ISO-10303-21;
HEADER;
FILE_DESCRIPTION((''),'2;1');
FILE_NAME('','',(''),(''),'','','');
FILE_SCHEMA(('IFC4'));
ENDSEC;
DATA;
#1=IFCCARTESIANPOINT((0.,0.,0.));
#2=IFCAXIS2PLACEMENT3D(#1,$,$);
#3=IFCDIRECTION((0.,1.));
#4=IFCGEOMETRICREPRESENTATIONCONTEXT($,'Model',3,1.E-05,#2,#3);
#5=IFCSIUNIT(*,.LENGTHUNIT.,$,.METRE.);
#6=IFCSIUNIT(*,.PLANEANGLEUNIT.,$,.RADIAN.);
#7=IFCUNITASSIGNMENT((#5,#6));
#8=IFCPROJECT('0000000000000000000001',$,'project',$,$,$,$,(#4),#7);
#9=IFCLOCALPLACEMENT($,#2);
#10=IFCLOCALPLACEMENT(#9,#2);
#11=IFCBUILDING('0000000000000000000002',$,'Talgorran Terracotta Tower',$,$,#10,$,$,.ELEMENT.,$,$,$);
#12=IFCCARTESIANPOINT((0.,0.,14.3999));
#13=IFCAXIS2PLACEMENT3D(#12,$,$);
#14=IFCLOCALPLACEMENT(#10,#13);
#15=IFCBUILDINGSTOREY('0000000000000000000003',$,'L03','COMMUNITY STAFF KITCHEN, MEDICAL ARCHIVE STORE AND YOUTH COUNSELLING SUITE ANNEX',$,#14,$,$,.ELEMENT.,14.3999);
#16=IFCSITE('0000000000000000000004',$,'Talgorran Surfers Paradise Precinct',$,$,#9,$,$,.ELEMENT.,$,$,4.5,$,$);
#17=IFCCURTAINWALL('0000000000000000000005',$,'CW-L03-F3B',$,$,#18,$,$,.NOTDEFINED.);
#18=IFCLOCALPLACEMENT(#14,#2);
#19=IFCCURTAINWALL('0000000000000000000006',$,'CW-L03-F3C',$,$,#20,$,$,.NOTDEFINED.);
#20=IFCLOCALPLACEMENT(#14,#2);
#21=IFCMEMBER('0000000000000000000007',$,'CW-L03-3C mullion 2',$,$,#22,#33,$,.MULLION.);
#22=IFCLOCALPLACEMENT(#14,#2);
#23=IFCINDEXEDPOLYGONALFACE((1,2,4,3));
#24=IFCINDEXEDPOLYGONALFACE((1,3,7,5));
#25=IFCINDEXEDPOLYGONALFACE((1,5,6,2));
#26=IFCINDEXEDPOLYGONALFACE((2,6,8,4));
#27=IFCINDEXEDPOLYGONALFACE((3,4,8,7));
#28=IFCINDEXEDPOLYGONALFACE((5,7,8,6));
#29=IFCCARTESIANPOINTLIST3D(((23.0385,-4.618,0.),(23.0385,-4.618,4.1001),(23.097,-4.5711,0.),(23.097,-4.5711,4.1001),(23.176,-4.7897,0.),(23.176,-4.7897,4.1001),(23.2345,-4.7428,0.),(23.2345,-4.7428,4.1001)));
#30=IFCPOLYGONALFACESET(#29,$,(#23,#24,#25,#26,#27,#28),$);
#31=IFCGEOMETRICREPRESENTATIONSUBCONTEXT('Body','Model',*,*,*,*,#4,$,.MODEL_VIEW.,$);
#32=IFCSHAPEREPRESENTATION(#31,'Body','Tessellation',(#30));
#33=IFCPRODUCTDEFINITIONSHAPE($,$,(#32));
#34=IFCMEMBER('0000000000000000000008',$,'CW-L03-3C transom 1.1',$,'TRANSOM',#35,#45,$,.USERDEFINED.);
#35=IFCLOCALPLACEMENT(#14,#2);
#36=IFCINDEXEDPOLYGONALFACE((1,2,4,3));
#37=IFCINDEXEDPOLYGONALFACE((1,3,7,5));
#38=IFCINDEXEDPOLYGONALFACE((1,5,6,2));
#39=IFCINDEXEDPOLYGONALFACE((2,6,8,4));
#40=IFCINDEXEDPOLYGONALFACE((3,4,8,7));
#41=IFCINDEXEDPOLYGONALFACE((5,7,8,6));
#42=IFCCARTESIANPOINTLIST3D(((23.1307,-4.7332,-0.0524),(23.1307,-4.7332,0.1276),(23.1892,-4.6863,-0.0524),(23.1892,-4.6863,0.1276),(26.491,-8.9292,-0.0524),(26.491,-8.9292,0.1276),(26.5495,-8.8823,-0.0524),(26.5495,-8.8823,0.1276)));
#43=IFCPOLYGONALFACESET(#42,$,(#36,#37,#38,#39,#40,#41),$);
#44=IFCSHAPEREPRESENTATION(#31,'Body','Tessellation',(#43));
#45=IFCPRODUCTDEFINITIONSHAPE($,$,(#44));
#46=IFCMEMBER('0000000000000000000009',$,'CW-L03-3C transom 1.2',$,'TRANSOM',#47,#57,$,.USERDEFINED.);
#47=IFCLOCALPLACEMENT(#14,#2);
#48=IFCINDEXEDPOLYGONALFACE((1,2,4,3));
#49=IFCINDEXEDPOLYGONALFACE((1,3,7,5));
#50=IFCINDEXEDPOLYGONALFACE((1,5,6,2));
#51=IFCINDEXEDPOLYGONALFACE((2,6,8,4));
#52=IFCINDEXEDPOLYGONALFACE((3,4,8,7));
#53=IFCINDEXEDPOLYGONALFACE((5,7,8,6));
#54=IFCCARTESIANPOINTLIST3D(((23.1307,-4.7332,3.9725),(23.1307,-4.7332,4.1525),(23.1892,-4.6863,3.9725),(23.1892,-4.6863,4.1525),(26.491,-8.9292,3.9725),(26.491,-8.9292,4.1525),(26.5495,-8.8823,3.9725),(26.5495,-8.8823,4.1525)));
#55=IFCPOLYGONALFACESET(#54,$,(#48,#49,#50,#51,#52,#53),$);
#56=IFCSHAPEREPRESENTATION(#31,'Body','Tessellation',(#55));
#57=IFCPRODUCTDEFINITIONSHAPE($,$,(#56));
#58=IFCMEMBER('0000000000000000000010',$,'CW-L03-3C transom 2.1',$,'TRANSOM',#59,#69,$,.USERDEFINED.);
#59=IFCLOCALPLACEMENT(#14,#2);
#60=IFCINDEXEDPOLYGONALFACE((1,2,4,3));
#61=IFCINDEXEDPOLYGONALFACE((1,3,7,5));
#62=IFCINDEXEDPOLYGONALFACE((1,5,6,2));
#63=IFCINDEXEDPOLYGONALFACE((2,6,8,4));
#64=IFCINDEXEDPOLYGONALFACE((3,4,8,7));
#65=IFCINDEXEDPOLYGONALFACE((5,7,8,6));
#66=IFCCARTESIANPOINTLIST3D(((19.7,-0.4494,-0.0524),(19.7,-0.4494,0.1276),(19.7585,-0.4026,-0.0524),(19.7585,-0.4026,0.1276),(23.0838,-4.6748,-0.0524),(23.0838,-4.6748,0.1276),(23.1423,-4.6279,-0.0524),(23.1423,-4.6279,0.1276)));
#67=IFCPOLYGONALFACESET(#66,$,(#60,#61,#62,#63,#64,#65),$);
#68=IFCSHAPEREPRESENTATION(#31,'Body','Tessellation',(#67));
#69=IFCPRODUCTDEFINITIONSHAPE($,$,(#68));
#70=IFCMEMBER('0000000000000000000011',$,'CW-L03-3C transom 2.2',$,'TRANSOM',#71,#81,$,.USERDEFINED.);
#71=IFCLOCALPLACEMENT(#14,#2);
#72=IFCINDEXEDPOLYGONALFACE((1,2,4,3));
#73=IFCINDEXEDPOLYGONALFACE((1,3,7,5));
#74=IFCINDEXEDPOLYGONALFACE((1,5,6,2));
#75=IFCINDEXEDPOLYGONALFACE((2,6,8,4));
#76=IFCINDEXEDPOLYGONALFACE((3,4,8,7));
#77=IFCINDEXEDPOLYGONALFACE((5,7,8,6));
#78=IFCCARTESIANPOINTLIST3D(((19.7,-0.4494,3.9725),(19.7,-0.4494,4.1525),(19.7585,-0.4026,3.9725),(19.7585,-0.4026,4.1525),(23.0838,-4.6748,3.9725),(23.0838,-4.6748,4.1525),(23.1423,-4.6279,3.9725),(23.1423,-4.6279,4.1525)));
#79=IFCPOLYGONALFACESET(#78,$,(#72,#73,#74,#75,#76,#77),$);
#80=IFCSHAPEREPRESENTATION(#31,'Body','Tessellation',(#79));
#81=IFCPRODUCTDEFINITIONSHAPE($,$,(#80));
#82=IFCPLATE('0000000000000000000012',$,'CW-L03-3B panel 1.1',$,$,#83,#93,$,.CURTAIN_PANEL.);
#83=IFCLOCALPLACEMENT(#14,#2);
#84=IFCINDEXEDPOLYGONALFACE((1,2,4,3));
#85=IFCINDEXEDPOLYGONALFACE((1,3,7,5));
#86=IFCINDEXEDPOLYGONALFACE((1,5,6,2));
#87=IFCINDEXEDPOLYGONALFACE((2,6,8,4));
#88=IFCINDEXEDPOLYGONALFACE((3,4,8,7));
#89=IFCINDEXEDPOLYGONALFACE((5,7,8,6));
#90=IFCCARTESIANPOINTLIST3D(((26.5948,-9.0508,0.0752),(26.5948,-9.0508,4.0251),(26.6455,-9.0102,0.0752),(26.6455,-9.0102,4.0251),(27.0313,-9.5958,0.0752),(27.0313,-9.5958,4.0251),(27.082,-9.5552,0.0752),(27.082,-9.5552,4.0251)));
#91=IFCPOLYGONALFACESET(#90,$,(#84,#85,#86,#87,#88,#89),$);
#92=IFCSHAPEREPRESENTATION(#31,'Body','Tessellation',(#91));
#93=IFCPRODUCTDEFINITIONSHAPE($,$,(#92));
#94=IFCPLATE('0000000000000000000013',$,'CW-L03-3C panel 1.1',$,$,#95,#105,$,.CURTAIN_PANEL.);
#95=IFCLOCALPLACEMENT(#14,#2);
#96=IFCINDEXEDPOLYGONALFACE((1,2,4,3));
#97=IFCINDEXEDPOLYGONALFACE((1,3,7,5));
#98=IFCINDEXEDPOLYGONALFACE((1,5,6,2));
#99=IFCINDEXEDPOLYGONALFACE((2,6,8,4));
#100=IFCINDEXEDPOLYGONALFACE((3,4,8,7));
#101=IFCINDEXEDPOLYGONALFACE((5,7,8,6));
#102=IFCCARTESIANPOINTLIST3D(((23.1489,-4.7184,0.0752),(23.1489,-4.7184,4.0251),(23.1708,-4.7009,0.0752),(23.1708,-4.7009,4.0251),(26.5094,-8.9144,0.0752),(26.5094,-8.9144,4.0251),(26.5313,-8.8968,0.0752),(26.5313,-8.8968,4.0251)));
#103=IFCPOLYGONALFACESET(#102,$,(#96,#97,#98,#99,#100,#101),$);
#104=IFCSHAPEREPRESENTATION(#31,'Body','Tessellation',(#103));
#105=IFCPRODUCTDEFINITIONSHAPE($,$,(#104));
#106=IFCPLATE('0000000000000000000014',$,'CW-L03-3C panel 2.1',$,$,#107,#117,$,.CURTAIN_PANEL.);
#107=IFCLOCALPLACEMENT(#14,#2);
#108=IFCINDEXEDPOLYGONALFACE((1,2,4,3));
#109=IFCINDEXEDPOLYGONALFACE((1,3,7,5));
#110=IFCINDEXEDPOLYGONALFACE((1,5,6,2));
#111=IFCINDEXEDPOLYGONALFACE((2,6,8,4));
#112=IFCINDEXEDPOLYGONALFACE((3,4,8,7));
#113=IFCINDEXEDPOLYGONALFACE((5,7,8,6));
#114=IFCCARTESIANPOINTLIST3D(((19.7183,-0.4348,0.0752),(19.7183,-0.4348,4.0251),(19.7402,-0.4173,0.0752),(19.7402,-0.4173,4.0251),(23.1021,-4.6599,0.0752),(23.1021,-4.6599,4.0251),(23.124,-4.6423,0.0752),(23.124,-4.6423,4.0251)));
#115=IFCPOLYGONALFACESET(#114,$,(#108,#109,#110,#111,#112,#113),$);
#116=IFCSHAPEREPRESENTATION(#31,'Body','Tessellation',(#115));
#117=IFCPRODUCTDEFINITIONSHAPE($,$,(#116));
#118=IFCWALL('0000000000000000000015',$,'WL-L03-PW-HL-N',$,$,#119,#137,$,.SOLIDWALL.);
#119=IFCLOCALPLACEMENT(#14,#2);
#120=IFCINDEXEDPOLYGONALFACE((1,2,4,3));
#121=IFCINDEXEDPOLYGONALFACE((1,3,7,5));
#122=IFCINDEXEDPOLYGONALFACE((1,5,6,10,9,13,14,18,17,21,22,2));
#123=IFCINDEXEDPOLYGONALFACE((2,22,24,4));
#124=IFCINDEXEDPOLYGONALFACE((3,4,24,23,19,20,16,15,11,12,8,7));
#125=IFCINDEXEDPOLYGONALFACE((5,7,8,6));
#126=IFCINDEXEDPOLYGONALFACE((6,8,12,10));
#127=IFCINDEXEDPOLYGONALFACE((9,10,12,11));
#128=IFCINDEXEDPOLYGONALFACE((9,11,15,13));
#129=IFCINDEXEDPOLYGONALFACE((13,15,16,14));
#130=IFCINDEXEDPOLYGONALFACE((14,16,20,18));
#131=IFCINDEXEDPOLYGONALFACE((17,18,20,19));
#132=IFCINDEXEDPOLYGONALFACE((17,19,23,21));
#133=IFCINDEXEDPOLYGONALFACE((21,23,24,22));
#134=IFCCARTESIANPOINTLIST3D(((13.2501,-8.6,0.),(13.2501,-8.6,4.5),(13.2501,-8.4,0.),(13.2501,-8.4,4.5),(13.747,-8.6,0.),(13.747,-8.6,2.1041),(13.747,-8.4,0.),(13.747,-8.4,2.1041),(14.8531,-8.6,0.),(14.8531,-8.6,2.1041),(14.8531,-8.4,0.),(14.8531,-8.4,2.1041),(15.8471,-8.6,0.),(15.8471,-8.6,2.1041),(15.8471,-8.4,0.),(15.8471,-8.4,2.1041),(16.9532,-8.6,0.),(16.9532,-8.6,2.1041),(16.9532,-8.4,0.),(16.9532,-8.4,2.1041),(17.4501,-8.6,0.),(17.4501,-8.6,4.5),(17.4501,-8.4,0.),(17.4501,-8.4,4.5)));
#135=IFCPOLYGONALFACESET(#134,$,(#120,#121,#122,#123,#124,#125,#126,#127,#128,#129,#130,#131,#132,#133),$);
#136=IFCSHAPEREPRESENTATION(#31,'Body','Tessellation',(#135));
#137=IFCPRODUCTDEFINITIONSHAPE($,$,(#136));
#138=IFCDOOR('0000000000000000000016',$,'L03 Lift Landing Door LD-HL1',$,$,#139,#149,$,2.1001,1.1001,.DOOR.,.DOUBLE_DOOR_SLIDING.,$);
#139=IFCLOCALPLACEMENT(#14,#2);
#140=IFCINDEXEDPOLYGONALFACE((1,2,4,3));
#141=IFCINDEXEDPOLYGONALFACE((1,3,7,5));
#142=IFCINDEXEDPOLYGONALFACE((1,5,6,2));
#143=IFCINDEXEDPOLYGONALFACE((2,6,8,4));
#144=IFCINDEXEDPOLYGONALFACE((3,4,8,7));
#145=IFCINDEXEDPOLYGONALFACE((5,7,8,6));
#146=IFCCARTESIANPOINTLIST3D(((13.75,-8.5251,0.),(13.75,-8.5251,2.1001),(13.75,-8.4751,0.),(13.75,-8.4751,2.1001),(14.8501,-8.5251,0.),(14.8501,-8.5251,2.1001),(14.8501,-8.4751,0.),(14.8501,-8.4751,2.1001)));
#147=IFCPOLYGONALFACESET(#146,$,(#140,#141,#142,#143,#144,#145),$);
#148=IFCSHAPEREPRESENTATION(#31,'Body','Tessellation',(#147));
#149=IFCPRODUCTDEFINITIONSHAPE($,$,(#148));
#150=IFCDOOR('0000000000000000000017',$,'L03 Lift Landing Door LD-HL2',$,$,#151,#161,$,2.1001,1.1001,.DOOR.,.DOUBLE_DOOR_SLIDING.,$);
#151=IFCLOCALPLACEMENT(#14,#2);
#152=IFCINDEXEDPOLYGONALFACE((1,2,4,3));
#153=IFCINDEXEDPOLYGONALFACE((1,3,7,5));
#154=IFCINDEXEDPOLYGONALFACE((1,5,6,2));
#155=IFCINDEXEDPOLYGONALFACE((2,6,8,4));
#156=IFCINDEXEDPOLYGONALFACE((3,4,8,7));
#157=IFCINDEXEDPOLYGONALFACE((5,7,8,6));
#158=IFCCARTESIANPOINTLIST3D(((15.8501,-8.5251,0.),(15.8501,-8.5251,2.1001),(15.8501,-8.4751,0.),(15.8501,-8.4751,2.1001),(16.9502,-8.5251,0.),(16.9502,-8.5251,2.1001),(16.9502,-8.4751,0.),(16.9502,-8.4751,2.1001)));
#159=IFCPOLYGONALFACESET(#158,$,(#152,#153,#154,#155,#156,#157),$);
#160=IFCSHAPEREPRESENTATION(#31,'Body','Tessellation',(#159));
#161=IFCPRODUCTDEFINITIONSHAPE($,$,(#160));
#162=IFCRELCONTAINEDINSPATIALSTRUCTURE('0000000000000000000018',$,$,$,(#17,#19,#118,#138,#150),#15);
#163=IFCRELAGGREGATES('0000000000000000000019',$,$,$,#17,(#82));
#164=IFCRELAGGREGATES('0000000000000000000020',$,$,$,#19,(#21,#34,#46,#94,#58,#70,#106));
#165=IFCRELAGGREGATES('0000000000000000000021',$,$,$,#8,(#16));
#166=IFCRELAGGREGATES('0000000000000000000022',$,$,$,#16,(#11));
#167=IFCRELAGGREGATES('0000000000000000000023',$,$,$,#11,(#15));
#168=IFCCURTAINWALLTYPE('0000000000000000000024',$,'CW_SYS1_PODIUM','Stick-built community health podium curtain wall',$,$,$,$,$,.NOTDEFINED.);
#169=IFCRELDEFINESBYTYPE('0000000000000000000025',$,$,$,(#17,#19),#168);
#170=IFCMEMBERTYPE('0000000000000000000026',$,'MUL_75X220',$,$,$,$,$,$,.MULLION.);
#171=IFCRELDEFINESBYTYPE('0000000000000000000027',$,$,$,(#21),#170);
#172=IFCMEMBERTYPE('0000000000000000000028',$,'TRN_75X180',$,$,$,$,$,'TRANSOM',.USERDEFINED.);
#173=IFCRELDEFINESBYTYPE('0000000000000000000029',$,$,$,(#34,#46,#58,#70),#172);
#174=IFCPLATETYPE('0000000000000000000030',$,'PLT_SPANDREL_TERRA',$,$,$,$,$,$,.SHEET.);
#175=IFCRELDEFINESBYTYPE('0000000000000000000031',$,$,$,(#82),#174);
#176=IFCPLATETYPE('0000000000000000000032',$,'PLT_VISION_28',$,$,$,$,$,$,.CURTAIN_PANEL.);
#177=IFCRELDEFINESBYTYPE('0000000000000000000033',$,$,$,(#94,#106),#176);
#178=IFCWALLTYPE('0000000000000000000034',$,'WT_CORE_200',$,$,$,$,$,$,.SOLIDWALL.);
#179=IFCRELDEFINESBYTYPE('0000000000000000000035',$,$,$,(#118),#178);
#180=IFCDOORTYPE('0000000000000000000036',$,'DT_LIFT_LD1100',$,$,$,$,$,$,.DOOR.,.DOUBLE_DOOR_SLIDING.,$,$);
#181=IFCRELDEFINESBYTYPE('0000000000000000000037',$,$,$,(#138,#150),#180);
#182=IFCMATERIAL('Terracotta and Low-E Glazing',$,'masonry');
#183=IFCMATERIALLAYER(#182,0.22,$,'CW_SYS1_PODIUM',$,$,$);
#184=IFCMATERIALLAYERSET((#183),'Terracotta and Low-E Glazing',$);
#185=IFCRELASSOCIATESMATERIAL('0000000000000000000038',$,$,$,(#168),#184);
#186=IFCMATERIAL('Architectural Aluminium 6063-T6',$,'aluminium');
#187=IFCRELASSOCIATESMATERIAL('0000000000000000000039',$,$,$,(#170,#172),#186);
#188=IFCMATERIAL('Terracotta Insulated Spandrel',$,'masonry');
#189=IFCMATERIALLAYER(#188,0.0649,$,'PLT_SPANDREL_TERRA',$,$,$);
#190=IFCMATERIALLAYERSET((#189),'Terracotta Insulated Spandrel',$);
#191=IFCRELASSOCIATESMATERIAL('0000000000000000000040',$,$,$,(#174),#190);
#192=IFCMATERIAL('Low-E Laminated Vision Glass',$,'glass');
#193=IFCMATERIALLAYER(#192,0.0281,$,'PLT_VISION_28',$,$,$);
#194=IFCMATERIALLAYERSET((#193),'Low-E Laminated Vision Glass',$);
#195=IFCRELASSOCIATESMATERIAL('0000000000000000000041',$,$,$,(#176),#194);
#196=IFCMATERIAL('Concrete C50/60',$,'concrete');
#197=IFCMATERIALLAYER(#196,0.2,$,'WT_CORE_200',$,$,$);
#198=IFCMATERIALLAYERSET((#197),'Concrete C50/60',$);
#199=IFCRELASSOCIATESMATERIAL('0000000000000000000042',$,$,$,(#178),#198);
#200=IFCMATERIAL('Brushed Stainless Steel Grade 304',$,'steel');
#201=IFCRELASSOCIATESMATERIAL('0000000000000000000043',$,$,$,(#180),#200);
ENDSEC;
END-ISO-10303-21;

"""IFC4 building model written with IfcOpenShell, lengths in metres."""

from ifc_helpers import new_model, si_unit, direction, frame, frame_2d, origin, origin_2d, place, context, subcontext, project, spatial, rectangle, extrude, source, transform, mapped, material, layer, layer_set, material_profile, profile_set, type_object, type_shapes, element, fill, aggregate, save


model = new_model("IFC4")

# Units and contexts
model_context = context("Model", 3, precision=1e-05, world=origin(), true_north=direction((0.0, 1.0)))
body_context = subcontext(model_context, "Body", "Model", "MODEL_VIEW")
ifc_project = project(units=[si_unit("LENGTHUNIT", "METRE"), si_unit("PLANEANGLEUNIT", "RADIAN")], contexts=[model_context])

# Site, building, storey
site_placement = place(None, origin())
site = spatial("IfcSite", under=ifc_project, at=site_placement, Name="Talgorran Surfers Paradise Precinct", CompositionType="ELEMENT", RefElevation=4.5)
building_placement = place(site_placement, origin())
building = spatial("IfcBuilding", under=site, at=building_placement, Name="Talgorran Terracotta Tower", CompositionType="ELEMENT")
storey_placement = place(building_placement, frame((0.0, 0.0, 14.3999)))
storey = spatial("IfcBuildingStorey", under=building, at=storey_placement, Name="L03", Description="COMMUNITY STAFF KITCHEN, MEDICAL ARCHIVE STORE AND YOUTH COUNSELLING SUITE ANNEX", CompositionType="ELEMENT", Elevation=14.3999)

# Curtain wall
ifc_material_1 = material(Name="Terracotta and Low-E Glazing", Category="masonry")
ifc_layer_1 = layer(ifc_material_1, 0.22, Name="CW_SYS1_PODIUM")
ifc_layer_set_1 = layer_set([ifc_layer_1], Name="Terracotta and Low-E Glazing")
curtain_wall_type = type_object("IfcCurtainWallType", Name="CW_SYS1_PODIUM", Description="Stick-built community health podium curtain wall", PredefinedType="NOTDEFINED", material=ifc_layer_set_1)
curtain_wall_1_placement = place(storey_placement, origin())
curtain_wall_1 = element("IfcCurtainWall", 1, at=curtain_wall_1_placement, inside=storey, type_object=curtain_wall_type, Name="CW-L03-F3B", PredefinedType="NOTDEFINED")
ifc_material_2 = material(Name="Architectural Aluminium 6063-T6", Category="aluminium")
ifc_material_profile_1 = material_profile(ifc_material_2, rectangle(XDim=0.075, YDim=0.22, at=origin_2d()), Name="CWM75X220")
ifc_profile_set_1 = profile_set([ifc_material_profile_1], Name="Architectural Aluminium 6063-T6")
member_type_1 = type_object("IfcMemberType", Name="MUL_75X220", PredefinedType="MULLION", material=ifc_profile_set_1)

# Curtain wall, members
curtain_wall_2_placement = place(storey_placement, origin())
curtain_wall_2 = element("IfcCurtainWall", 2, at=curtain_wall_2_placement, inside=storey, type_object=curtain_wall_type, Name="CW-L03-F3C", PredefinedType="NOTDEFINED")
member_1_placement = place(storey_placement, frame((23.1365, -4.6804, 0.0), z_axis=(0.0, 0.0, 1.0), x_axis=(-0.780531, -0.625117, 0.0)))
member_1 = element("IfcMember", 3, at=member_1_placement, type_object=member_type_1, Name="CW-L03-3C mullion 2", PredefinedType="MULLION", context=body_context, shape_type="SweptSolid", body=[
    extrude(rectangle(XDim=0.075, YDim=0.22, at=origin_2d()), origin(), (0.0, 0.0, 1.0), 4.1001),
])
ifc_material_profile_2 = material_profile(ifc_material_2, rectangle(XDim=0.075, YDim=0.1799, at=origin_2d()), Name="CWT75X180")
ifc_profile_set_2 = profile_set([ifc_material_profile_2], Name="Architectural Aluminium 6063-T6")
member_type_2 = type_object("IfcMemberType", Name="TRN_75X180", ElementType="TRANSOM", PredefinedType="USERDEFINED", material=ifc_profile_set_2)
member_2_placement = place(storey_placement, frame((26.5203, -8.9058, 0.0376), z_axis=(-0.625094, 0.78055, 0.0), x_axis=(-0.78055, -0.625094, 0.0)))
member_2 = element("IfcMember", 4, at=member_2_placement, type_object=member_type_2, Name="CW-L03-3C transom 1.1", ObjectType="TRANSOM", PredefinedType="USERDEFINED", context=body_context, shape_type="SweptSolid", body=[
    extrude(rectangle(XDim=0.075, YDim=0.1799, at=origin_2d()), origin(), (0.0, 0.0, 1.0), 5.3757),
])
member_3_placement = place(storey_placement, frame((26.5203, -8.9058, 4.0625), z_axis=(-0.625094, 0.78055, 0.0), x_axis=(-0.78055, -0.625094, 0.0)))
member_3 = element("IfcMember", 5, at=member_3_placement, type_object=member_type_2, Name="CW-L03-3C transom 1.2", ObjectType="TRANSOM", PredefinedType="USERDEFINED", context=body_context, shape_type="SweptSolid", body=[
    extrude(rectangle(XDim=0.075, YDim=0.1799, at=origin_2d()), origin(), (0.0, 0.0, 1.0), 5.3757),
])
member_4_placement = place(storey_placement, frame((23.113, -4.6514, 0.0376), z_axis=(-0.625091, 0.780552, 0.0), x_axis=(-0.780552, -0.625091, 0.0)))
member_4 = element("IfcMember", 6, at=member_4_placement, type_object=member_type_2, Name="CW-L03-3C transom 2.1", ObjectType="TRANSOM", PredefinedType="USERDEFINED", context=body_context, shape_type="SweptSolid", body=[
    extrude(rectangle(XDim=0.075, YDim=0.1799, at=origin_2d()), origin(), (0.0, 0.0, 1.0), 5.4133),
])
member_5_placement = place(storey_placement, frame((23.113, -4.6514, 4.0625), z_axis=(-0.625091, 0.780552, 0.0), x_axis=(-0.780552, -0.625091, 0.0)))
member_5 = element("IfcMember", 7, at=member_5_placement, type_object=member_type_2, Name="CW-L03-3C transom 2.2", ObjectType="TRANSOM", PredefinedType="USERDEFINED", context=body_context, shape_type="SweptSolid", body=[
    extrude(rectangle(XDim=0.075, YDim=0.1799, at=origin_2d()), origin(), (0.0, 0.0, 1.0), 5.4133),
])

# Plates
ifc_material_3 = material(Name="Terracotta Insulated Spandrel", Category="masonry")
ifc_layer_2 = layer(ifc_material_3, 0.0649, Name="PLT_SPANDREL_TERRA")
ifc_layer_set_2 = layer_set([ifc_layer_2], Name="Terracotta Insulated Spandrel")
plate_type_1 = type_object("IfcPlateType", Name="PLT_SPANDREL_TERRA", PredefinedType="SHEET", material=ifc_layer_set_2)
shared_shape_1 = source(origin(), body_context, "Body", "SweptSolid", [
    extrude(rectangle(XDim=0.6982, YDim=0.0649, at=origin_2d()), origin(), (0.0, 0.0, 1.0), 3.95),
])
type_shapes(plate_type_1, [shared_shape_1])
plate_1_placement = place(storey_placement, frame((26.8384, -9.303, 0.0752), z_axis=(0.0, 0.0, 1.0), x_axis=(-0.625126, 0.780524, 0.0)))
plate_1 = element("IfcPlate", 8, at=plate_1_placement, type_object=plate_type_1, Name="CW-L03-3B panel 1.1", PredefinedType="CURTAIN_PANEL", context=body_context, shape_type="MappedRepresentation", body=[
    mapped(shared_shape_1, transform((0.0, 0.0, 0.0), scale=1.0)),
])
aggregate(curtain_wall_1, [plate_1])
ifc_material_4 = material(Name="Low-E Laminated Vision Glass", Category="glass")
ifc_layer_3 = layer(ifc_material_4, 0.0281, Name="PLT_VISION_28")
ifc_layer_set_3 = layer_set([ifc_layer_3], Name="Low-E Laminated Vision Glass")
plate_type_2 = type_object("IfcPlateType", Name="PLT_VISION_28", PredefinedType="CURTAIN_PANEL", material=ifc_layer_set_3)
shared_shape_2 = source(origin(), body_context, "Body", "SweptSolid", [
    extrude(rectangle(XDim=5.3757, YDim=0.0281, at=origin_2d()), origin(), (0.0, 0.0, 1.0), 3.95),
])
plate_2_placement = place(storey_placement, frame((24.8401, -6.8076, 0.0752), z_axis=(0.0, 0.0, 1.0), x_axis=(-0.625117, 0.780531, 0.0)))
plate_2 = element("IfcPlate", 9, at=plate_2_placement, type_object=plate_type_2, Name="CW-L03-3C panel 1.1", PredefinedType="CURTAIN_PANEL", context=body_context, shape_type="MappedRepresentation", body=[
    mapped(shared_shape_2, transform((0.0, 0.0, 0.0), scale=1.0)),
])
shared_shape_3 = source(origin(), body_context, "Body", "SweptSolid", [
    extrude(rectangle(XDim=5.4131, YDim=0.0281, at=origin_2d()), origin(), (0.0, 0.0, 1.0), 3.95),
])
type_shapes(plate_type_2, [shared_shape_2, shared_shape_3])
plate_3_placement = place(storey_placement, frame((21.4211, -2.5386, 0.0752), z_axis=(0.0, 0.0, 1.0), x_axis=(-0.625117, 0.780531, 0.0)))
plate_3 = element("IfcPlate", 10, at=plate_3_placement, type_object=plate_type_2, Name="CW-L03-3C panel 2.1", PredefinedType="CURTAIN_PANEL", context=body_context, shape_type="MappedRepresentation", body=[
    mapped(shared_shape_3, transform((0.0, 0.0, 0.0), scale=1.0)),
])
aggregate(curtain_wall_2, [member_1, member_2, member_3, plate_2, member_4, member_5, plate_3])

# Wall, openings, doors
ifc_material_5 = material(Name="Concrete C50/60", Category="concrete")
ifc_layer_4 = layer(ifc_material_5, 0.2, Name="WT_CORE_200")
ifc_layer_set_4 = layer_set([ifc_layer_4], Name="Concrete C50/60")
wall_type_1 = type_object("IfcWallType", Name="WT_CORE_200", PredefinedType="SOLIDWALL", material=ifc_layer_set_4)
wall_1_placement = place(storey_placement, frame((13.25, -8.5, 0.0), z_axis=(0.0, 0.0, 1.0), x_axis=(1.0, 0.0, 0.0)))
wall_1 = element("IfcWall", 11, at=wall_1_placement, inside=storey, type_object=wall_type_1, Name="WL-L03-PW-HL-N", PredefinedType="SOLIDWALL", context=body_context, shape_type="SweptSolid", body=[
    extrude(rectangle(XDim=4.2, YDim=0.2, at=frame_2d((2.1001, 0.0))), origin(), (0.0, 0.0, 1.0), 4.5),
])
opening_1_placement = place(wall_1_placement, frame((0.5, 0.0, 0.0)))
opening_1 = element("IfcOpeningElement", 12, at=opening_1_placement, cuts=wall_1, PredefinedType="OPENING", context=body_context, shape_type="SweptSolid", body=[
    extrude(rectangle(XDim=1.1061, YDim=2.1041, at=frame_2d((0.55, 1.052))), frame((0.0, 0.1099, 0.0), z_axis=(0.0, -1.0, 0.0), x_axis=(1.0, 0.0, 0.0)), (0.0, 0.0, 1.0), 0.22),
])
opening_2_placement = place(wall_1_placement, frame((2.6001, 0.0, 0.0)))
opening_2 = element("IfcOpeningElement", 13, at=opening_2_placement, cuts=wall_1, PredefinedType="OPENING", context=body_context, shape_type="SweptSolid", body=[
    extrude(rectangle(XDim=1.1061, YDim=2.1041, at=frame_2d((0.55, 1.052))), frame((0.0, 0.1099, 0.0), z_axis=(0.0, -1.0, 0.0), x_axis=(1.0, 0.0, 0.0)), (0.0, 0.0, 1.0), 0.22),
])
ifc_material_6 = material(Name="Brushed Stainless Steel Grade 304", Category="steel")
door_type_1 = type_object("IfcDoorType", Name="DT_LIFT_LD1100", OperationType="DOUBLE_DOOR_SLIDING", PredefinedType="DOOR", material=ifc_material_6)
door_1_placement = place(opening_1_placement, origin())
door_1 = element("IfcDoor", 14, at=door_1_placement, inside=storey, type_object=door_type_1, Name="L03 Lift Landing Door LD-HL1", OperationType="DOUBLE_DOOR_SLIDING", OverallHeight=2.1001, OverallWidth=1.1001, PredefinedType="DOOR", context=body_context, shape_type="SweptSolid", body=[
    extrude(rectangle(XDim=1.1001, YDim=2.1001, at=frame_2d((0.55, 1.05))), frame((0.0, 0.0249, 0.0), z_axis=(0.0, -1.0, 0.0), x_axis=(1.0, 0.0, 0.0)), (0.0, 0.0, 1.0), 0.05),
])
fill(opening_1, door_1)
door_2_placement = place(opening_2_placement, origin())
door_2 = element("IfcDoor", 15, at=door_2_placement, inside=storey, type_object=door_type_1, Name="L03 Lift Landing Door LD-HL2", OperationType="DOUBLE_DOOR_SLIDING", OverallHeight=2.1001, OverallWidth=1.1001, PredefinedType="DOOR", context=body_context, shape_type="SweptSolid", body=[
    extrude(rectangle(XDim=1.1001, YDim=2.1001, at=frame_2d((0.55, 1.05))), frame((0.0, 0.0249, 0.0), z_axis=(0.0, -1.0, 0.0), x_axis=(1.0, 0.0, 0.0)), (0.0, 0.0, 1.0), 0.05),
])
fill(opening_2, door_2)

save(model, "model.ifc")
